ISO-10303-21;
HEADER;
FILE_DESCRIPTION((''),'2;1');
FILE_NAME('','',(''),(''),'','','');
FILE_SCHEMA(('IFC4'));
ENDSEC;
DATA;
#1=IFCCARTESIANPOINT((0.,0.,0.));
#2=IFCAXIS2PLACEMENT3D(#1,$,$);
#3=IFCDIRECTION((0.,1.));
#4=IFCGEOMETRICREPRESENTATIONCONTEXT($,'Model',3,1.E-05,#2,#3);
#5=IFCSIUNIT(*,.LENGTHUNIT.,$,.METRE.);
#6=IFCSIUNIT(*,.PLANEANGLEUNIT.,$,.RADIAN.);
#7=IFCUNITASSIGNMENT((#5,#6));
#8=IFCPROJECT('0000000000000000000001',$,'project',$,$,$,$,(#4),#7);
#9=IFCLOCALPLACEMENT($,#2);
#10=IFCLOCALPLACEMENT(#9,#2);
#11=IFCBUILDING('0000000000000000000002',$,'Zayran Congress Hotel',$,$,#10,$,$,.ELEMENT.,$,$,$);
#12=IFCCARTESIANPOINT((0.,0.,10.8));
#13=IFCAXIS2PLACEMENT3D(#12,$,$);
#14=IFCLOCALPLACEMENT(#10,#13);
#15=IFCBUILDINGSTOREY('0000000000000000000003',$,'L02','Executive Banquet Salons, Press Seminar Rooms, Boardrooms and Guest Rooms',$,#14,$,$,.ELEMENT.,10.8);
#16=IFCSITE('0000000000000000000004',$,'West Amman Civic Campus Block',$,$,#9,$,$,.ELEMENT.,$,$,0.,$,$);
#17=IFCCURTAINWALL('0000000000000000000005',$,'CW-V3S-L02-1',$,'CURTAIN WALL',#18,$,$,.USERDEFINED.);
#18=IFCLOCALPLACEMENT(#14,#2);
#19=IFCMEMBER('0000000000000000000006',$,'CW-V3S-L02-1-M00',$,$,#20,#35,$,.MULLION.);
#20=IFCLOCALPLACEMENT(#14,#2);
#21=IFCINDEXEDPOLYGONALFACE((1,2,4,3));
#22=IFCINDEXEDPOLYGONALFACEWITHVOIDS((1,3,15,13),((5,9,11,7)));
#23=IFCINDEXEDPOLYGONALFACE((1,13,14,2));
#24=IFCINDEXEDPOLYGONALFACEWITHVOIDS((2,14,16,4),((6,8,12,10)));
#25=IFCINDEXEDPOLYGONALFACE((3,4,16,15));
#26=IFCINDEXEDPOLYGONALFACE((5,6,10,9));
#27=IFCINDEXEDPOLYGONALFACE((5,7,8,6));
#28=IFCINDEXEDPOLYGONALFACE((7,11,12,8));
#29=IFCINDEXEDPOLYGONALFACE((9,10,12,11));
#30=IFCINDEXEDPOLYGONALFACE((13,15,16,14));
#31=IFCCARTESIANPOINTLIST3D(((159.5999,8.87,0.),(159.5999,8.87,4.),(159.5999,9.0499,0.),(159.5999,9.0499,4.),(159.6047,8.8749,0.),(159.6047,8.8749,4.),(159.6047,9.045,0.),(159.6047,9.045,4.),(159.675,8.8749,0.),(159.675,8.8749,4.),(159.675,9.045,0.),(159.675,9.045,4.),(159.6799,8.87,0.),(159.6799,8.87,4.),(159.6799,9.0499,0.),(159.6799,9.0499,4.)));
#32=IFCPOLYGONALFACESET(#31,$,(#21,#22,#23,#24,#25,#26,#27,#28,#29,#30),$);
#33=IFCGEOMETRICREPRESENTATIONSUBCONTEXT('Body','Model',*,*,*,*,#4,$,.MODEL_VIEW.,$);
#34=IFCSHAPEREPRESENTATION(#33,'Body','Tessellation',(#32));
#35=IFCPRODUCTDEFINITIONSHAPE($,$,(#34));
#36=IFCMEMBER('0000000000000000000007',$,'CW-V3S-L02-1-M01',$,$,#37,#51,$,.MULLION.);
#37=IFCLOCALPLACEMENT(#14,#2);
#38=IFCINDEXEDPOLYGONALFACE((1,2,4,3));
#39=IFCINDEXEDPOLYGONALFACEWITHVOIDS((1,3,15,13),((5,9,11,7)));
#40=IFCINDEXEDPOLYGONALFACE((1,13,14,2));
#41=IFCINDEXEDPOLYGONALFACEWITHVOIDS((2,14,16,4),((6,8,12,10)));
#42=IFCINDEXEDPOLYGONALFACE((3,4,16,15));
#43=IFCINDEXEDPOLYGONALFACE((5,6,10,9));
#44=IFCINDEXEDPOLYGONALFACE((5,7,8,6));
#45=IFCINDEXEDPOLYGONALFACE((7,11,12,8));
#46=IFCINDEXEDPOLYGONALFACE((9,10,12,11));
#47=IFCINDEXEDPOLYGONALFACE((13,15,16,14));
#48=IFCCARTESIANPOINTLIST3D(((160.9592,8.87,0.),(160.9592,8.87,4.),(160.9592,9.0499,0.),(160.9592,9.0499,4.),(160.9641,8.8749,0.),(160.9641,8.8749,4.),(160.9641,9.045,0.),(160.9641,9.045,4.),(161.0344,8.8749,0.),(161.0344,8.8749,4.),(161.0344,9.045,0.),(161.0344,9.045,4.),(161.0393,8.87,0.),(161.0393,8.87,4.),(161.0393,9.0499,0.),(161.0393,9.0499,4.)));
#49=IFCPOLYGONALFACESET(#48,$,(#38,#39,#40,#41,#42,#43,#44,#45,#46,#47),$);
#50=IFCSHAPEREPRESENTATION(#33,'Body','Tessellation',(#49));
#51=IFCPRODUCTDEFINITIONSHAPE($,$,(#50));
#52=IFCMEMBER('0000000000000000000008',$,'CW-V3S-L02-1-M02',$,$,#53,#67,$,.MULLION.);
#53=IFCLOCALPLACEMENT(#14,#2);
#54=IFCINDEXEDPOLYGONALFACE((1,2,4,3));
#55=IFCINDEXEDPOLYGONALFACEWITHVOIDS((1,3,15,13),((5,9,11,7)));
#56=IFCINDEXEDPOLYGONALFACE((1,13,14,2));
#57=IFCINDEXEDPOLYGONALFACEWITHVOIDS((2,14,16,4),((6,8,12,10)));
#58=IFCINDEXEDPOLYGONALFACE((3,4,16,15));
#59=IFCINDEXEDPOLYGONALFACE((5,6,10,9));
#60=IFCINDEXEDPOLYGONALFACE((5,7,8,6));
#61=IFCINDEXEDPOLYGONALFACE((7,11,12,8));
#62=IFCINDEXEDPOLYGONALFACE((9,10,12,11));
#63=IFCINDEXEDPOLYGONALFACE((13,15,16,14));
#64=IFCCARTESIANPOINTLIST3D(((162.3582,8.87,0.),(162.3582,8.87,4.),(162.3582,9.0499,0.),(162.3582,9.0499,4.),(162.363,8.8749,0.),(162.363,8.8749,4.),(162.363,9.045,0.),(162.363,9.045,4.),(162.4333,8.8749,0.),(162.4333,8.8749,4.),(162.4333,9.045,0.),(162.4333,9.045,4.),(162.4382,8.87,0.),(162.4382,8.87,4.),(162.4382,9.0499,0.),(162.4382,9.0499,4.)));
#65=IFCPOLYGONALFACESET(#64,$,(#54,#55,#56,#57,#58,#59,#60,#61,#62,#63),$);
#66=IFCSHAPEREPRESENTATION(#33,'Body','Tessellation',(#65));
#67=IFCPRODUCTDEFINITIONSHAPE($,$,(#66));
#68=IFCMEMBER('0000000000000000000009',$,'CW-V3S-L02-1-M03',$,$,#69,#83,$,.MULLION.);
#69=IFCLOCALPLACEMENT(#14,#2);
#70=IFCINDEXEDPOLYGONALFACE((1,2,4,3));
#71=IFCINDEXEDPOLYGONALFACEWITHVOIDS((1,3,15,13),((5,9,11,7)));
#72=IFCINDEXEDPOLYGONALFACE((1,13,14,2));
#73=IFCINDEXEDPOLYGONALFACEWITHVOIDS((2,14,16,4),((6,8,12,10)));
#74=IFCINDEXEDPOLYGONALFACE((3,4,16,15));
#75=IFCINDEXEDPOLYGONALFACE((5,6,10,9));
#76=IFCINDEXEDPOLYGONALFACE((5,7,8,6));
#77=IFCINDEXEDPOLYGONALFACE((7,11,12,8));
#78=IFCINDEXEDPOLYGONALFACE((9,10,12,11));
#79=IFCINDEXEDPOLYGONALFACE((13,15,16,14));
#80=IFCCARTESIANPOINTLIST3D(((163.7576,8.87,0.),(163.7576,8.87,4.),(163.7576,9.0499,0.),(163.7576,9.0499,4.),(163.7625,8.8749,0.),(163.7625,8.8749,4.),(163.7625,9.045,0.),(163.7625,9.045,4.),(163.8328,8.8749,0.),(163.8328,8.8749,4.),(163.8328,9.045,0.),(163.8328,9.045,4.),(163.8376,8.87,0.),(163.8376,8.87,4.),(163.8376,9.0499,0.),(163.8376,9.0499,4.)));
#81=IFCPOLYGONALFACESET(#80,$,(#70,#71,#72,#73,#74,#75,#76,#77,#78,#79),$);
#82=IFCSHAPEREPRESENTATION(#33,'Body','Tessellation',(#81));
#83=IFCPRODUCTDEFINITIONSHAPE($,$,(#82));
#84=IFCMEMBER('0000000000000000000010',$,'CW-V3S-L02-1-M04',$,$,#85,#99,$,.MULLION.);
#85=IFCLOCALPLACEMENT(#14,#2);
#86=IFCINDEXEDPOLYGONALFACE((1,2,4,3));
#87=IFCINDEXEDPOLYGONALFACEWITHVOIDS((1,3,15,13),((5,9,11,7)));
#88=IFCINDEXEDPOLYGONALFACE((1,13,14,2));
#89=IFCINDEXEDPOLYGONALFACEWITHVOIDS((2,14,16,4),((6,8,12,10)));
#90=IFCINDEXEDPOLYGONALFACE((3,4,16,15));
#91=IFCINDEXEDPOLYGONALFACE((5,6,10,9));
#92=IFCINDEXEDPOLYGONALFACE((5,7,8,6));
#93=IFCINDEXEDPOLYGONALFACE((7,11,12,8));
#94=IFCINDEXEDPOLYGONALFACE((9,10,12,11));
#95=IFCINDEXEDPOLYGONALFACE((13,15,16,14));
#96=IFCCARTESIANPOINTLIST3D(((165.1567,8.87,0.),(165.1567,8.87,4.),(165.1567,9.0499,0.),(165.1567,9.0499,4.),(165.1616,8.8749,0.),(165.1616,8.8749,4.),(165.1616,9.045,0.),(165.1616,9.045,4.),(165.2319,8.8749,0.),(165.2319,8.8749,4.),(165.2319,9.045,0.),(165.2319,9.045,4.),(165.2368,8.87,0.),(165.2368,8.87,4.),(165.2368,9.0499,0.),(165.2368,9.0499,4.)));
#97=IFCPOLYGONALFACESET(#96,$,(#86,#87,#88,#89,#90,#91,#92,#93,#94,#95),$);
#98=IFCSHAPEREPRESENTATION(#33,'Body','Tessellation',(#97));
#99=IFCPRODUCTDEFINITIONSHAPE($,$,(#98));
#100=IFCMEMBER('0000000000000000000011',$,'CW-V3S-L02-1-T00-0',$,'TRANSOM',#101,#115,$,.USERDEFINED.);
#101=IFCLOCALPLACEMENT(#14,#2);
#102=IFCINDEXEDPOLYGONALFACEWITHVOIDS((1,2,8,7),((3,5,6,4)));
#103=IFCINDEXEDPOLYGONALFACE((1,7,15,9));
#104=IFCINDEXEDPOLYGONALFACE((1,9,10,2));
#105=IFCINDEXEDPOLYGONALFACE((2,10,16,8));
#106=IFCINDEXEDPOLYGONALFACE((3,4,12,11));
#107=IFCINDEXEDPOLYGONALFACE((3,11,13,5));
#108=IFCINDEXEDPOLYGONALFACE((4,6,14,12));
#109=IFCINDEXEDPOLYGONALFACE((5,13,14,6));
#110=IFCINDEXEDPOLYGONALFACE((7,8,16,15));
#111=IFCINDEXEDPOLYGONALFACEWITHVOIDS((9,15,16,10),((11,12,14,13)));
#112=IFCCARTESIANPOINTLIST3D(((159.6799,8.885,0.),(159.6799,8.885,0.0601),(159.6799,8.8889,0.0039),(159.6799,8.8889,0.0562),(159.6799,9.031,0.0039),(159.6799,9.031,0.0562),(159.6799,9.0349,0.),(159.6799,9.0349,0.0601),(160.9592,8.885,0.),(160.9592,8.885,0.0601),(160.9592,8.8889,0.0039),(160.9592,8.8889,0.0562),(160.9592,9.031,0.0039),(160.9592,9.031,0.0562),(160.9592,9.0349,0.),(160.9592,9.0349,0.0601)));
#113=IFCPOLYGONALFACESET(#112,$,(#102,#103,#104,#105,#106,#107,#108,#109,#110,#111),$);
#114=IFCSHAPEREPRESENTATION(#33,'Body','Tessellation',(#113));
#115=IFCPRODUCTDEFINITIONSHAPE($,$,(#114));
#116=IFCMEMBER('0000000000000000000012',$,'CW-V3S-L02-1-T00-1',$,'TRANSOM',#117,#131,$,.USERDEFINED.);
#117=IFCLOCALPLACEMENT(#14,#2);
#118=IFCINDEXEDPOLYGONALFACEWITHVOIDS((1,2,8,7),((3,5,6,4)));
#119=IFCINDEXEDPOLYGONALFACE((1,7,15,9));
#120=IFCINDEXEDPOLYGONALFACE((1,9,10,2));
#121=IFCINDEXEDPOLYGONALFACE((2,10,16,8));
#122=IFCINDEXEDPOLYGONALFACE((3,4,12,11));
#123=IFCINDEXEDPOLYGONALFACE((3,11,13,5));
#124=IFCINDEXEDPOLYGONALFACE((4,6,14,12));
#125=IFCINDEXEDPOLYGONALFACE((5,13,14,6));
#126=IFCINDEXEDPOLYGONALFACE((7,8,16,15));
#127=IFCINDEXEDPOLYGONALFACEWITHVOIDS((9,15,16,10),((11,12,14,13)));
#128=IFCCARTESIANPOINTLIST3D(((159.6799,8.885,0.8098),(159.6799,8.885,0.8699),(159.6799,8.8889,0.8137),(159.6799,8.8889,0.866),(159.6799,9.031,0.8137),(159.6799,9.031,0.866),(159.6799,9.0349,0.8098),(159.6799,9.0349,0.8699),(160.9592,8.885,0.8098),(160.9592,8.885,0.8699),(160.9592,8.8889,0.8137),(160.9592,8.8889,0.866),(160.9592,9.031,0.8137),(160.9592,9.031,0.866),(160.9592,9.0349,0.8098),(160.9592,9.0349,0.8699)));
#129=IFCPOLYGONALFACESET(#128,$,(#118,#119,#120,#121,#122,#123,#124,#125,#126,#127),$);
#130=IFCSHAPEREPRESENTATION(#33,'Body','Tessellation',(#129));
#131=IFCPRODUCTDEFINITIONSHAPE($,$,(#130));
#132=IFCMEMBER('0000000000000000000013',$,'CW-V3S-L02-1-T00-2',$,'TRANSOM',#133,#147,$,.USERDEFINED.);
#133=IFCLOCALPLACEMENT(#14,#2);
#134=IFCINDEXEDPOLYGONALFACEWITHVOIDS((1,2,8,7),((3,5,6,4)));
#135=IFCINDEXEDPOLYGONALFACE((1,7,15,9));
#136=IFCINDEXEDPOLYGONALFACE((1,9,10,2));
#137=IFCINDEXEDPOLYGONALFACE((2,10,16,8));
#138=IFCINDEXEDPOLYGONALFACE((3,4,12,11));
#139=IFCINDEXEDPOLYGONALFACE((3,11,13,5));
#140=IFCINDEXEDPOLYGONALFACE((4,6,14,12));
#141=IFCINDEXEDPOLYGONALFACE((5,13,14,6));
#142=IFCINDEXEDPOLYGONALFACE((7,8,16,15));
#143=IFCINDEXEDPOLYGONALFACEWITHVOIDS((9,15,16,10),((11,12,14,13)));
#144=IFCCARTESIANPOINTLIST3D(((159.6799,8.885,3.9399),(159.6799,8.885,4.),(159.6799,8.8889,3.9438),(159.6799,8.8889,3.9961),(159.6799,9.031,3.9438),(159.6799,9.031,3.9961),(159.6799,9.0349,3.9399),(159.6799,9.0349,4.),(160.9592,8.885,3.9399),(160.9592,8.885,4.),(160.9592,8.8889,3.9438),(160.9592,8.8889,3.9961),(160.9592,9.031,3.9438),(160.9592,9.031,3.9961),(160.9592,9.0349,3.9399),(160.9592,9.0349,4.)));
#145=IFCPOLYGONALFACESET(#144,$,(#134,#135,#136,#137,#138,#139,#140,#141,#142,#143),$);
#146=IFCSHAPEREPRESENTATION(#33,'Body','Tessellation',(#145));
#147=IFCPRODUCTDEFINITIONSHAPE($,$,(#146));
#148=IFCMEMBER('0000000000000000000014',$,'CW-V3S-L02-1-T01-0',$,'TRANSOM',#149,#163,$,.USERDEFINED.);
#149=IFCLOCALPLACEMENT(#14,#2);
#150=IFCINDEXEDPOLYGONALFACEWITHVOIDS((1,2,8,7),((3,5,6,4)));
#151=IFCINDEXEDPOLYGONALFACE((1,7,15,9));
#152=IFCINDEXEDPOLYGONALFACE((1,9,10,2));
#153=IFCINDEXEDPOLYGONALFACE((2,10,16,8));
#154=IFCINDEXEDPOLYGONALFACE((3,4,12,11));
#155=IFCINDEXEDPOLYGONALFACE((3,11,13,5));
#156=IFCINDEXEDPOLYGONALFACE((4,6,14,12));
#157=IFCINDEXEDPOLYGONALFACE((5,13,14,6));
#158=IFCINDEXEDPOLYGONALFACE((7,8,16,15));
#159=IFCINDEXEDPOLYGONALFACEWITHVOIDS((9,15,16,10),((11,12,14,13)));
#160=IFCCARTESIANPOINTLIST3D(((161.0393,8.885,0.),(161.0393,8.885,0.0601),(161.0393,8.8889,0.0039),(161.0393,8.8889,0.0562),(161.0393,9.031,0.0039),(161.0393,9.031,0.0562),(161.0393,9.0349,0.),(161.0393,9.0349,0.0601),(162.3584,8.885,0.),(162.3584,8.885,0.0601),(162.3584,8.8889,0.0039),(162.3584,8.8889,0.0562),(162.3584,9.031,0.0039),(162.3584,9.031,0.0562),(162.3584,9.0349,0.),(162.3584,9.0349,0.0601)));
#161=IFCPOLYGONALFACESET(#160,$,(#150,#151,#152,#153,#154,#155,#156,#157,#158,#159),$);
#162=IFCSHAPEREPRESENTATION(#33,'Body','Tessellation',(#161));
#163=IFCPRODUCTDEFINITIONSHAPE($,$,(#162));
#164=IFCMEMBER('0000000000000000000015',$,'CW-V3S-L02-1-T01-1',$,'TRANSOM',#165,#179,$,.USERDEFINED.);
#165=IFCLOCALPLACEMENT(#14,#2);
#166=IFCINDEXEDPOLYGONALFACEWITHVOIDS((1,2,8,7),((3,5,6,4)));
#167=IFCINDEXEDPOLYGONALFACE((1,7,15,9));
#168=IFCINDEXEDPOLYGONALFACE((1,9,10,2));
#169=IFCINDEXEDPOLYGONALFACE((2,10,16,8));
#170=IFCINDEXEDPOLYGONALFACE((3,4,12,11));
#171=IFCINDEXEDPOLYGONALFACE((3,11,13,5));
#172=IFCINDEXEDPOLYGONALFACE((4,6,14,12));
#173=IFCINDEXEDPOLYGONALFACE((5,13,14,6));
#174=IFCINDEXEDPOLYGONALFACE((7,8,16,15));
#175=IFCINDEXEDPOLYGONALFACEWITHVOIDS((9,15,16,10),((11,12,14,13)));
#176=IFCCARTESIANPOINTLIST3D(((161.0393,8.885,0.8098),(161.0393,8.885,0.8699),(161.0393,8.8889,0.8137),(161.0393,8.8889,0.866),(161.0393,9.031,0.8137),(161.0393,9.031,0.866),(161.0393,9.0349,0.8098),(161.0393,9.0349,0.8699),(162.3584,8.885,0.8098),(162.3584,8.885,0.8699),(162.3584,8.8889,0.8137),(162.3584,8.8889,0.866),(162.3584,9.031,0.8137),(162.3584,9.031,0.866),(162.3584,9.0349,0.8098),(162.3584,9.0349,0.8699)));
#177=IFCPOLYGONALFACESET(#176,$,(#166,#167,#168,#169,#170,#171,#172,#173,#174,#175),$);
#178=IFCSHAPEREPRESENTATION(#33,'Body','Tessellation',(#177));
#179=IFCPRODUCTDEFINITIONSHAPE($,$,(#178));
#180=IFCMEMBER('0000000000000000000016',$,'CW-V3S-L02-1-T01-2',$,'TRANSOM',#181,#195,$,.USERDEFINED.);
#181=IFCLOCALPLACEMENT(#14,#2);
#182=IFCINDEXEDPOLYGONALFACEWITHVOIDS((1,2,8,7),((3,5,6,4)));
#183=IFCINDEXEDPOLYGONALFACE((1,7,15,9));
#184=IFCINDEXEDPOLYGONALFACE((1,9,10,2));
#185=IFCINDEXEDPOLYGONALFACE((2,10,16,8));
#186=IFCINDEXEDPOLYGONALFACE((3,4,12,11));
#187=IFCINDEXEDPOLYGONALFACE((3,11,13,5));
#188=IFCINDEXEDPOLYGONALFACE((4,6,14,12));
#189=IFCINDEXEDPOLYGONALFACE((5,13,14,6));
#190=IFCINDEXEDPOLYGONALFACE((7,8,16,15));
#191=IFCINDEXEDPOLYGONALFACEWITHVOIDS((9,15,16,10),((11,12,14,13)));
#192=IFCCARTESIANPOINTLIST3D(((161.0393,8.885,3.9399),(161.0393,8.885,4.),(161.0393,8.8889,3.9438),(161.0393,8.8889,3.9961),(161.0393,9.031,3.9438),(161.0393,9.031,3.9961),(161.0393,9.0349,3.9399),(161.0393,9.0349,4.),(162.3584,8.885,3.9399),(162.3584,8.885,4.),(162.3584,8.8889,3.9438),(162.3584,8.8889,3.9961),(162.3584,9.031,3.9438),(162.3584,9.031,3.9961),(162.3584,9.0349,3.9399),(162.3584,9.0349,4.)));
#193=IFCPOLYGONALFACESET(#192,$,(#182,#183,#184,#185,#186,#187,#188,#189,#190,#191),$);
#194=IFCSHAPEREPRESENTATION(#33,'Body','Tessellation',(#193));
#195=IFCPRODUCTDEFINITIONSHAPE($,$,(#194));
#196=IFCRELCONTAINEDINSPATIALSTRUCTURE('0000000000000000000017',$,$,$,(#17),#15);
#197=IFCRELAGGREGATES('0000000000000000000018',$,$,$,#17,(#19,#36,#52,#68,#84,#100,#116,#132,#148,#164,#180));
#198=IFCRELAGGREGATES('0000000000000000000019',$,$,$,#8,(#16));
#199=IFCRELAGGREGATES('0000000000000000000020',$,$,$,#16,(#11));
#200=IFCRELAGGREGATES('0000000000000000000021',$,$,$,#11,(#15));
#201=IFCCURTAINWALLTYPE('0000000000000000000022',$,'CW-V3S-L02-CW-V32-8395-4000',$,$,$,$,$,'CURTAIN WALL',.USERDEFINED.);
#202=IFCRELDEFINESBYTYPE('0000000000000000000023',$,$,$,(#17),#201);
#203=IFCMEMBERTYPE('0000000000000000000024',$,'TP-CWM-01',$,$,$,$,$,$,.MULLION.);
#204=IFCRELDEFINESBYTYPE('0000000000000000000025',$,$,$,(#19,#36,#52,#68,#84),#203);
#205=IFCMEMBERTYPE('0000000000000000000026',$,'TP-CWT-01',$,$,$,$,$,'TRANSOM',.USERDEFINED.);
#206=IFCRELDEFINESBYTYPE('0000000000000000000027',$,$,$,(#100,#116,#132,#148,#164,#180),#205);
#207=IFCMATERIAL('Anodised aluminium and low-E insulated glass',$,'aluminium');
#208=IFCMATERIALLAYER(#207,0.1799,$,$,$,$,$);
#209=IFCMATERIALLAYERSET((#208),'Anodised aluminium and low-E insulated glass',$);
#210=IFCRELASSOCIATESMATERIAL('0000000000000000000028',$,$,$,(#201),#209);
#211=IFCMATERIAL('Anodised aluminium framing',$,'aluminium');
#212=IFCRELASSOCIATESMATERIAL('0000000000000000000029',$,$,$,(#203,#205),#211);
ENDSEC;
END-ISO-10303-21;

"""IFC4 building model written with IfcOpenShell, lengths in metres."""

from ifc_helpers import new_model, si_unit, direction, frame, origin, origin_2d, place, context, subcontext, project, spatial, hollow_rectangle, extrude, material, layer, layer_set, material_profile, profile_set, type_object, element, aggregate, save


model = new_model("IFC4")

# Units and contexts
model_context = context("Model", 3, precision=1e-05, world=origin(), true_north=direction((0.0, 1.0)))
body_context = subcontext(model_context, "Body", "Model", "MODEL_VIEW")
ifc_project = project(units=[si_unit("LENGTHUNIT", "METRE"), si_unit("PLANEANGLEUNIT", "RADIAN")], contexts=[model_context])

# Site, building, storey
site_placement = place(None, origin())
site = spatial("IfcSite", under=ifc_project, at=site_placement, Name="West Amman Civic Campus Block", CompositionType="ELEMENT", RefElevation=0.0)
building_placement = place(site_placement, origin())
building = spatial("IfcBuilding", under=site, at=building_placement, Name="Zayran Congress Hotel", CompositionType="ELEMENT")
storey_placement = place(building_placement, frame((0.0, 0.0, 10.8)))
storey = spatial("IfcBuildingStorey", under=building, at=storey_placement, Name="L02", Description="Executive Banquet Salons, Press Seminar Rooms, Boardrooms and Guest Rooms", CompositionType="ELEMENT", Elevation=10.8)

# Curtain wall, members
ifc_material_1 = material(Name="Anodised aluminium and low-E insulated glass", Category="aluminium")
ifc_layer_1 = layer(ifc_material_1, 0.1799)
ifc_layer_set_1 = layer_set([ifc_layer_1], Name="Anodised aluminium and low-E insulated glass")
curtain_wall_type = type_object("IfcCurtainWallType", Name="CW-V3S-L02-CW-V32-8395-4000", ElementType="CURTAIN WALL", PredefinedType="USERDEFINED", material=ifc_layer_set_1)
curtain_wall_placement = place(storey_placement, origin())
curtain_wall = element("IfcCurtainWall", 1, at=curtain_wall_placement, inside=storey, type_object=curtain_wall_type, Name="CW-V3S-L02-1", ObjectType="CURTAIN WALL", PredefinedType="USERDEFINED")
ifc_material_2 = material(Name="Anodised aluminium framing", Category="aluminium")
ifc_material_profile_1 = material_profile(ifc_material_2, hollow_rectangle(XDim=0.0801, YDim=0.1799, WallThickness=0.0049, at=origin_2d()), Name="RHS 180x80x5")
ifc_profile_set_1 = profile_set([ifc_material_profile_1], Name="Anodised aluminium framing")
member_type_1 = type_object("IfcMemberType", Name="TP-CWM-01", PredefinedType="MULLION", material=ifc_profile_set_1)
member_1_placement = place(storey_placement, frame((159.6399, 8.96, 0.0), z_axis=(0.0, 0.0, 1.0), x_axis=(1.0, 0.0, 0.0)))
member_1 = element("IfcMember", 2, at=member_1_placement, type_object=member_type_1, Name="CW-V3S-L02-1-M00", PredefinedType="MULLION", context=body_context, shape_type="SweptSolid", body=[
    extrude(hollow_rectangle(XDim=0.0801, YDim=0.1799, WallThickness=0.0049, at=origin_2d()), origin(), (0.0, 0.0, 1.0), 4.0),
])
member_2_placement = place(storey_placement, frame((160.9993, 8.96, 0.0), z_axis=(0.0, 0.0, 1.0), x_axis=(1.0, 0.0, 0.0)))
member_2 = element("IfcMember", 3, at=member_2_placement, type_object=member_type_1, Name="CW-V3S-L02-1-M01", PredefinedType="MULLION", context=body_context, shape_type="SweptSolid", body=[
    extrude(hollow_rectangle(XDim=0.0801, YDim=0.1799, WallThickness=0.0049, at=origin_2d()), origin(), (0.0, 0.0, 1.0), 4.0),
])
member_3_placement = place(storey_placement, frame((162.3982, 8.96, 0.0), z_axis=(0.0, 0.0, 1.0), x_axis=(1.0, 0.0, 0.0)))
member_3 = element("IfcMember", 4, at=member_3_placement, type_object=member_type_1, Name="CW-V3S-L02-1-M02", PredefinedType="MULLION", context=body_context, shape_type="SweptSolid", body=[
    extrude(hollow_rectangle(XDim=0.0801, YDim=0.1799, WallThickness=0.0049, at=origin_2d()), origin(), (0.0, 0.0, 1.0), 4.0),
])
member_4_placement = place(storey_placement, frame((163.7976, 8.96, 0.0), z_axis=(0.0, 0.0, 1.0), x_axis=(1.0, 0.0, 0.0)))
member_4 = element("IfcMember", 5, at=member_4_placement, type_object=member_type_1, Name="CW-V3S-L02-1-M03", PredefinedType="MULLION", context=body_context, shape_type="SweptSolid", body=[
    extrude(hollow_rectangle(XDim=0.0801, YDim=0.1799, WallThickness=0.0049, at=origin_2d()), origin(), (0.0, 0.0, 1.0), 4.0),
])
member_5_placement = place(storey_placement, frame((165.1968, 8.96, 0.0), z_axis=(0.0, 0.0, 1.0), x_axis=(1.0, 0.0, 0.0)))
member_5 = element("IfcMember", 6, at=member_5_placement, type_object=member_type_1, Name="CW-V3S-L02-1-M04", PredefinedType="MULLION", context=body_context, shape_type="SweptSolid", body=[
    extrude(hollow_rectangle(XDim=0.0801, YDim=0.1799, WallThickness=0.0049, at=origin_2d()), origin(), (0.0, 0.0, 1.0), 4.0),
])
ifc_material_profile_2 = material_profile(ifc_material_2, hollow_rectangle(XDim=0.0601, YDim=0.1499, WallThickness=0.0039, at=origin_2d()), Name="RHS 150x60x4")
ifc_profile_set_2 = profile_set([ifc_material_profile_2], Name="Anodised aluminium framing")
member_type_2 = type_object("IfcMemberType", Name="TP-CWT-01", ElementType="TRANSOM", PredefinedType="USERDEFINED", material=ifc_profile_set_2)
member_6_placement = place(storey_placement, frame((159.6799, 8.96, 0.03), z_axis=(1.0, 0.0, 0.0), x_axis=(0.0, 0.0, 1.0)))
member_6 = element("IfcMember", 7, at=member_6_placement, type_object=member_type_2, Name="CW-V3S-L02-1-T00-0", ObjectType="TRANSOM", PredefinedType="USERDEFINED", context=body_context, shape_type="SweptSolid", body=[
    extrude(hollow_rectangle(XDim=0.0601, YDim=0.1499, WallThickness=0.0039, at=origin_2d()), origin(), (0.0, 0.0, 1.0), 1.2793),
])
member_7_placement = place(storey_placement, frame((159.6799, 8.96, 0.8398), z_axis=(1.0, 0.0, 0.0), x_axis=(0.0, 0.0, 1.0)))
member_7 = element("IfcMember", 8, at=member_7_placement, type_object=member_type_2, Name="CW-V3S-L02-1-T00-1", ObjectType="TRANSOM", PredefinedType="USERDEFINED", context=body_context, shape_type="SweptSolid", body=[
    extrude(hollow_rectangle(XDim=0.0601, YDim=0.1499, WallThickness=0.0039, at=origin_2d()), origin(), (0.0, 0.0, 1.0), 1.2793),
])
member_8_placement = place(storey_placement, frame((159.6799, 8.96, 3.97), z_axis=(1.0, 0.0, 0.0), x_axis=(0.0, 0.0, 1.0)))
member_8 = element("IfcMember", 9, at=member_8_placement, type_object=member_type_2, Name="CW-V3S-L02-1-T00-2", ObjectType="TRANSOM", PredefinedType="USERDEFINED", context=body_context, shape_type="SweptSolid", body=[
    extrude(hollow_rectangle(XDim=0.0601, YDim=0.1499, WallThickness=0.0039, at=origin_2d()), origin(), (0.0, 0.0, 1.0), 1.2793),
])
member_9_placement = place(storey_placement, frame((161.0393, 8.96, 0.03), z_axis=(1.0, 0.0, 0.0), x_axis=(0.0, 0.0, 1.0)))
member_9 = element("IfcMember", 10, at=member_9_placement, type_object=member_type_2, Name="CW-V3S-L02-1-T01-0", ObjectType="TRANSOM", PredefinedType="USERDEFINED", context=body_context, shape_type="SweptSolid", body=[
    extrude(hollow_rectangle(XDim=0.0601, YDim=0.1499, WallThickness=0.0039, at=origin_2d()), origin(), (0.0, 0.0, 1.0), 1.3191),
])
member_10_placement = place(storey_placement, frame((161.0393, 8.96, 0.8398), z_axis=(1.0, 0.0, 0.0), x_axis=(0.0, 0.0, 1.0)))
member_10 = element("IfcMember", 11, at=member_10_placement, type_object=member_type_2, Name="CW-V3S-L02-1-T01-1", ObjectType="TRANSOM", PredefinedType="USERDEFINED", context=body_context, shape_type="SweptSolid", body=[
    extrude(hollow_rectangle(XDim=0.0601, YDim=0.1499, WallThickness=0.0039, at=origin_2d()), origin(), (0.0, 0.0, 1.0), 1.3191),
])
member_11_placement = place(storey_placement, frame((161.0393, 8.96, 3.97), z_axis=(1.0, 0.0, 0.0), x_axis=(0.0, 0.0, 1.0)))
member_11 = element("IfcMember", 12, at=member_11_placement, type_object=member_type_2, Name="CW-V3S-L02-1-T01-2", ObjectType="TRANSOM", PredefinedType="USERDEFINED", context=body_context, shape_type="SweptSolid", body=[
    extrude(hollow_rectangle(XDim=0.0601, YDim=0.1499, WallThickness=0.0039, at=origin_2d()), origin(), (0.0, 0.0, 1.0), 1.3191),
])
aggregate(curtain_wall, [member_1, member_2, member_3, member_4, member_5, member_6, member_7, member_8, member_9, member_10, member_11])

save(model, "model.ifc")
